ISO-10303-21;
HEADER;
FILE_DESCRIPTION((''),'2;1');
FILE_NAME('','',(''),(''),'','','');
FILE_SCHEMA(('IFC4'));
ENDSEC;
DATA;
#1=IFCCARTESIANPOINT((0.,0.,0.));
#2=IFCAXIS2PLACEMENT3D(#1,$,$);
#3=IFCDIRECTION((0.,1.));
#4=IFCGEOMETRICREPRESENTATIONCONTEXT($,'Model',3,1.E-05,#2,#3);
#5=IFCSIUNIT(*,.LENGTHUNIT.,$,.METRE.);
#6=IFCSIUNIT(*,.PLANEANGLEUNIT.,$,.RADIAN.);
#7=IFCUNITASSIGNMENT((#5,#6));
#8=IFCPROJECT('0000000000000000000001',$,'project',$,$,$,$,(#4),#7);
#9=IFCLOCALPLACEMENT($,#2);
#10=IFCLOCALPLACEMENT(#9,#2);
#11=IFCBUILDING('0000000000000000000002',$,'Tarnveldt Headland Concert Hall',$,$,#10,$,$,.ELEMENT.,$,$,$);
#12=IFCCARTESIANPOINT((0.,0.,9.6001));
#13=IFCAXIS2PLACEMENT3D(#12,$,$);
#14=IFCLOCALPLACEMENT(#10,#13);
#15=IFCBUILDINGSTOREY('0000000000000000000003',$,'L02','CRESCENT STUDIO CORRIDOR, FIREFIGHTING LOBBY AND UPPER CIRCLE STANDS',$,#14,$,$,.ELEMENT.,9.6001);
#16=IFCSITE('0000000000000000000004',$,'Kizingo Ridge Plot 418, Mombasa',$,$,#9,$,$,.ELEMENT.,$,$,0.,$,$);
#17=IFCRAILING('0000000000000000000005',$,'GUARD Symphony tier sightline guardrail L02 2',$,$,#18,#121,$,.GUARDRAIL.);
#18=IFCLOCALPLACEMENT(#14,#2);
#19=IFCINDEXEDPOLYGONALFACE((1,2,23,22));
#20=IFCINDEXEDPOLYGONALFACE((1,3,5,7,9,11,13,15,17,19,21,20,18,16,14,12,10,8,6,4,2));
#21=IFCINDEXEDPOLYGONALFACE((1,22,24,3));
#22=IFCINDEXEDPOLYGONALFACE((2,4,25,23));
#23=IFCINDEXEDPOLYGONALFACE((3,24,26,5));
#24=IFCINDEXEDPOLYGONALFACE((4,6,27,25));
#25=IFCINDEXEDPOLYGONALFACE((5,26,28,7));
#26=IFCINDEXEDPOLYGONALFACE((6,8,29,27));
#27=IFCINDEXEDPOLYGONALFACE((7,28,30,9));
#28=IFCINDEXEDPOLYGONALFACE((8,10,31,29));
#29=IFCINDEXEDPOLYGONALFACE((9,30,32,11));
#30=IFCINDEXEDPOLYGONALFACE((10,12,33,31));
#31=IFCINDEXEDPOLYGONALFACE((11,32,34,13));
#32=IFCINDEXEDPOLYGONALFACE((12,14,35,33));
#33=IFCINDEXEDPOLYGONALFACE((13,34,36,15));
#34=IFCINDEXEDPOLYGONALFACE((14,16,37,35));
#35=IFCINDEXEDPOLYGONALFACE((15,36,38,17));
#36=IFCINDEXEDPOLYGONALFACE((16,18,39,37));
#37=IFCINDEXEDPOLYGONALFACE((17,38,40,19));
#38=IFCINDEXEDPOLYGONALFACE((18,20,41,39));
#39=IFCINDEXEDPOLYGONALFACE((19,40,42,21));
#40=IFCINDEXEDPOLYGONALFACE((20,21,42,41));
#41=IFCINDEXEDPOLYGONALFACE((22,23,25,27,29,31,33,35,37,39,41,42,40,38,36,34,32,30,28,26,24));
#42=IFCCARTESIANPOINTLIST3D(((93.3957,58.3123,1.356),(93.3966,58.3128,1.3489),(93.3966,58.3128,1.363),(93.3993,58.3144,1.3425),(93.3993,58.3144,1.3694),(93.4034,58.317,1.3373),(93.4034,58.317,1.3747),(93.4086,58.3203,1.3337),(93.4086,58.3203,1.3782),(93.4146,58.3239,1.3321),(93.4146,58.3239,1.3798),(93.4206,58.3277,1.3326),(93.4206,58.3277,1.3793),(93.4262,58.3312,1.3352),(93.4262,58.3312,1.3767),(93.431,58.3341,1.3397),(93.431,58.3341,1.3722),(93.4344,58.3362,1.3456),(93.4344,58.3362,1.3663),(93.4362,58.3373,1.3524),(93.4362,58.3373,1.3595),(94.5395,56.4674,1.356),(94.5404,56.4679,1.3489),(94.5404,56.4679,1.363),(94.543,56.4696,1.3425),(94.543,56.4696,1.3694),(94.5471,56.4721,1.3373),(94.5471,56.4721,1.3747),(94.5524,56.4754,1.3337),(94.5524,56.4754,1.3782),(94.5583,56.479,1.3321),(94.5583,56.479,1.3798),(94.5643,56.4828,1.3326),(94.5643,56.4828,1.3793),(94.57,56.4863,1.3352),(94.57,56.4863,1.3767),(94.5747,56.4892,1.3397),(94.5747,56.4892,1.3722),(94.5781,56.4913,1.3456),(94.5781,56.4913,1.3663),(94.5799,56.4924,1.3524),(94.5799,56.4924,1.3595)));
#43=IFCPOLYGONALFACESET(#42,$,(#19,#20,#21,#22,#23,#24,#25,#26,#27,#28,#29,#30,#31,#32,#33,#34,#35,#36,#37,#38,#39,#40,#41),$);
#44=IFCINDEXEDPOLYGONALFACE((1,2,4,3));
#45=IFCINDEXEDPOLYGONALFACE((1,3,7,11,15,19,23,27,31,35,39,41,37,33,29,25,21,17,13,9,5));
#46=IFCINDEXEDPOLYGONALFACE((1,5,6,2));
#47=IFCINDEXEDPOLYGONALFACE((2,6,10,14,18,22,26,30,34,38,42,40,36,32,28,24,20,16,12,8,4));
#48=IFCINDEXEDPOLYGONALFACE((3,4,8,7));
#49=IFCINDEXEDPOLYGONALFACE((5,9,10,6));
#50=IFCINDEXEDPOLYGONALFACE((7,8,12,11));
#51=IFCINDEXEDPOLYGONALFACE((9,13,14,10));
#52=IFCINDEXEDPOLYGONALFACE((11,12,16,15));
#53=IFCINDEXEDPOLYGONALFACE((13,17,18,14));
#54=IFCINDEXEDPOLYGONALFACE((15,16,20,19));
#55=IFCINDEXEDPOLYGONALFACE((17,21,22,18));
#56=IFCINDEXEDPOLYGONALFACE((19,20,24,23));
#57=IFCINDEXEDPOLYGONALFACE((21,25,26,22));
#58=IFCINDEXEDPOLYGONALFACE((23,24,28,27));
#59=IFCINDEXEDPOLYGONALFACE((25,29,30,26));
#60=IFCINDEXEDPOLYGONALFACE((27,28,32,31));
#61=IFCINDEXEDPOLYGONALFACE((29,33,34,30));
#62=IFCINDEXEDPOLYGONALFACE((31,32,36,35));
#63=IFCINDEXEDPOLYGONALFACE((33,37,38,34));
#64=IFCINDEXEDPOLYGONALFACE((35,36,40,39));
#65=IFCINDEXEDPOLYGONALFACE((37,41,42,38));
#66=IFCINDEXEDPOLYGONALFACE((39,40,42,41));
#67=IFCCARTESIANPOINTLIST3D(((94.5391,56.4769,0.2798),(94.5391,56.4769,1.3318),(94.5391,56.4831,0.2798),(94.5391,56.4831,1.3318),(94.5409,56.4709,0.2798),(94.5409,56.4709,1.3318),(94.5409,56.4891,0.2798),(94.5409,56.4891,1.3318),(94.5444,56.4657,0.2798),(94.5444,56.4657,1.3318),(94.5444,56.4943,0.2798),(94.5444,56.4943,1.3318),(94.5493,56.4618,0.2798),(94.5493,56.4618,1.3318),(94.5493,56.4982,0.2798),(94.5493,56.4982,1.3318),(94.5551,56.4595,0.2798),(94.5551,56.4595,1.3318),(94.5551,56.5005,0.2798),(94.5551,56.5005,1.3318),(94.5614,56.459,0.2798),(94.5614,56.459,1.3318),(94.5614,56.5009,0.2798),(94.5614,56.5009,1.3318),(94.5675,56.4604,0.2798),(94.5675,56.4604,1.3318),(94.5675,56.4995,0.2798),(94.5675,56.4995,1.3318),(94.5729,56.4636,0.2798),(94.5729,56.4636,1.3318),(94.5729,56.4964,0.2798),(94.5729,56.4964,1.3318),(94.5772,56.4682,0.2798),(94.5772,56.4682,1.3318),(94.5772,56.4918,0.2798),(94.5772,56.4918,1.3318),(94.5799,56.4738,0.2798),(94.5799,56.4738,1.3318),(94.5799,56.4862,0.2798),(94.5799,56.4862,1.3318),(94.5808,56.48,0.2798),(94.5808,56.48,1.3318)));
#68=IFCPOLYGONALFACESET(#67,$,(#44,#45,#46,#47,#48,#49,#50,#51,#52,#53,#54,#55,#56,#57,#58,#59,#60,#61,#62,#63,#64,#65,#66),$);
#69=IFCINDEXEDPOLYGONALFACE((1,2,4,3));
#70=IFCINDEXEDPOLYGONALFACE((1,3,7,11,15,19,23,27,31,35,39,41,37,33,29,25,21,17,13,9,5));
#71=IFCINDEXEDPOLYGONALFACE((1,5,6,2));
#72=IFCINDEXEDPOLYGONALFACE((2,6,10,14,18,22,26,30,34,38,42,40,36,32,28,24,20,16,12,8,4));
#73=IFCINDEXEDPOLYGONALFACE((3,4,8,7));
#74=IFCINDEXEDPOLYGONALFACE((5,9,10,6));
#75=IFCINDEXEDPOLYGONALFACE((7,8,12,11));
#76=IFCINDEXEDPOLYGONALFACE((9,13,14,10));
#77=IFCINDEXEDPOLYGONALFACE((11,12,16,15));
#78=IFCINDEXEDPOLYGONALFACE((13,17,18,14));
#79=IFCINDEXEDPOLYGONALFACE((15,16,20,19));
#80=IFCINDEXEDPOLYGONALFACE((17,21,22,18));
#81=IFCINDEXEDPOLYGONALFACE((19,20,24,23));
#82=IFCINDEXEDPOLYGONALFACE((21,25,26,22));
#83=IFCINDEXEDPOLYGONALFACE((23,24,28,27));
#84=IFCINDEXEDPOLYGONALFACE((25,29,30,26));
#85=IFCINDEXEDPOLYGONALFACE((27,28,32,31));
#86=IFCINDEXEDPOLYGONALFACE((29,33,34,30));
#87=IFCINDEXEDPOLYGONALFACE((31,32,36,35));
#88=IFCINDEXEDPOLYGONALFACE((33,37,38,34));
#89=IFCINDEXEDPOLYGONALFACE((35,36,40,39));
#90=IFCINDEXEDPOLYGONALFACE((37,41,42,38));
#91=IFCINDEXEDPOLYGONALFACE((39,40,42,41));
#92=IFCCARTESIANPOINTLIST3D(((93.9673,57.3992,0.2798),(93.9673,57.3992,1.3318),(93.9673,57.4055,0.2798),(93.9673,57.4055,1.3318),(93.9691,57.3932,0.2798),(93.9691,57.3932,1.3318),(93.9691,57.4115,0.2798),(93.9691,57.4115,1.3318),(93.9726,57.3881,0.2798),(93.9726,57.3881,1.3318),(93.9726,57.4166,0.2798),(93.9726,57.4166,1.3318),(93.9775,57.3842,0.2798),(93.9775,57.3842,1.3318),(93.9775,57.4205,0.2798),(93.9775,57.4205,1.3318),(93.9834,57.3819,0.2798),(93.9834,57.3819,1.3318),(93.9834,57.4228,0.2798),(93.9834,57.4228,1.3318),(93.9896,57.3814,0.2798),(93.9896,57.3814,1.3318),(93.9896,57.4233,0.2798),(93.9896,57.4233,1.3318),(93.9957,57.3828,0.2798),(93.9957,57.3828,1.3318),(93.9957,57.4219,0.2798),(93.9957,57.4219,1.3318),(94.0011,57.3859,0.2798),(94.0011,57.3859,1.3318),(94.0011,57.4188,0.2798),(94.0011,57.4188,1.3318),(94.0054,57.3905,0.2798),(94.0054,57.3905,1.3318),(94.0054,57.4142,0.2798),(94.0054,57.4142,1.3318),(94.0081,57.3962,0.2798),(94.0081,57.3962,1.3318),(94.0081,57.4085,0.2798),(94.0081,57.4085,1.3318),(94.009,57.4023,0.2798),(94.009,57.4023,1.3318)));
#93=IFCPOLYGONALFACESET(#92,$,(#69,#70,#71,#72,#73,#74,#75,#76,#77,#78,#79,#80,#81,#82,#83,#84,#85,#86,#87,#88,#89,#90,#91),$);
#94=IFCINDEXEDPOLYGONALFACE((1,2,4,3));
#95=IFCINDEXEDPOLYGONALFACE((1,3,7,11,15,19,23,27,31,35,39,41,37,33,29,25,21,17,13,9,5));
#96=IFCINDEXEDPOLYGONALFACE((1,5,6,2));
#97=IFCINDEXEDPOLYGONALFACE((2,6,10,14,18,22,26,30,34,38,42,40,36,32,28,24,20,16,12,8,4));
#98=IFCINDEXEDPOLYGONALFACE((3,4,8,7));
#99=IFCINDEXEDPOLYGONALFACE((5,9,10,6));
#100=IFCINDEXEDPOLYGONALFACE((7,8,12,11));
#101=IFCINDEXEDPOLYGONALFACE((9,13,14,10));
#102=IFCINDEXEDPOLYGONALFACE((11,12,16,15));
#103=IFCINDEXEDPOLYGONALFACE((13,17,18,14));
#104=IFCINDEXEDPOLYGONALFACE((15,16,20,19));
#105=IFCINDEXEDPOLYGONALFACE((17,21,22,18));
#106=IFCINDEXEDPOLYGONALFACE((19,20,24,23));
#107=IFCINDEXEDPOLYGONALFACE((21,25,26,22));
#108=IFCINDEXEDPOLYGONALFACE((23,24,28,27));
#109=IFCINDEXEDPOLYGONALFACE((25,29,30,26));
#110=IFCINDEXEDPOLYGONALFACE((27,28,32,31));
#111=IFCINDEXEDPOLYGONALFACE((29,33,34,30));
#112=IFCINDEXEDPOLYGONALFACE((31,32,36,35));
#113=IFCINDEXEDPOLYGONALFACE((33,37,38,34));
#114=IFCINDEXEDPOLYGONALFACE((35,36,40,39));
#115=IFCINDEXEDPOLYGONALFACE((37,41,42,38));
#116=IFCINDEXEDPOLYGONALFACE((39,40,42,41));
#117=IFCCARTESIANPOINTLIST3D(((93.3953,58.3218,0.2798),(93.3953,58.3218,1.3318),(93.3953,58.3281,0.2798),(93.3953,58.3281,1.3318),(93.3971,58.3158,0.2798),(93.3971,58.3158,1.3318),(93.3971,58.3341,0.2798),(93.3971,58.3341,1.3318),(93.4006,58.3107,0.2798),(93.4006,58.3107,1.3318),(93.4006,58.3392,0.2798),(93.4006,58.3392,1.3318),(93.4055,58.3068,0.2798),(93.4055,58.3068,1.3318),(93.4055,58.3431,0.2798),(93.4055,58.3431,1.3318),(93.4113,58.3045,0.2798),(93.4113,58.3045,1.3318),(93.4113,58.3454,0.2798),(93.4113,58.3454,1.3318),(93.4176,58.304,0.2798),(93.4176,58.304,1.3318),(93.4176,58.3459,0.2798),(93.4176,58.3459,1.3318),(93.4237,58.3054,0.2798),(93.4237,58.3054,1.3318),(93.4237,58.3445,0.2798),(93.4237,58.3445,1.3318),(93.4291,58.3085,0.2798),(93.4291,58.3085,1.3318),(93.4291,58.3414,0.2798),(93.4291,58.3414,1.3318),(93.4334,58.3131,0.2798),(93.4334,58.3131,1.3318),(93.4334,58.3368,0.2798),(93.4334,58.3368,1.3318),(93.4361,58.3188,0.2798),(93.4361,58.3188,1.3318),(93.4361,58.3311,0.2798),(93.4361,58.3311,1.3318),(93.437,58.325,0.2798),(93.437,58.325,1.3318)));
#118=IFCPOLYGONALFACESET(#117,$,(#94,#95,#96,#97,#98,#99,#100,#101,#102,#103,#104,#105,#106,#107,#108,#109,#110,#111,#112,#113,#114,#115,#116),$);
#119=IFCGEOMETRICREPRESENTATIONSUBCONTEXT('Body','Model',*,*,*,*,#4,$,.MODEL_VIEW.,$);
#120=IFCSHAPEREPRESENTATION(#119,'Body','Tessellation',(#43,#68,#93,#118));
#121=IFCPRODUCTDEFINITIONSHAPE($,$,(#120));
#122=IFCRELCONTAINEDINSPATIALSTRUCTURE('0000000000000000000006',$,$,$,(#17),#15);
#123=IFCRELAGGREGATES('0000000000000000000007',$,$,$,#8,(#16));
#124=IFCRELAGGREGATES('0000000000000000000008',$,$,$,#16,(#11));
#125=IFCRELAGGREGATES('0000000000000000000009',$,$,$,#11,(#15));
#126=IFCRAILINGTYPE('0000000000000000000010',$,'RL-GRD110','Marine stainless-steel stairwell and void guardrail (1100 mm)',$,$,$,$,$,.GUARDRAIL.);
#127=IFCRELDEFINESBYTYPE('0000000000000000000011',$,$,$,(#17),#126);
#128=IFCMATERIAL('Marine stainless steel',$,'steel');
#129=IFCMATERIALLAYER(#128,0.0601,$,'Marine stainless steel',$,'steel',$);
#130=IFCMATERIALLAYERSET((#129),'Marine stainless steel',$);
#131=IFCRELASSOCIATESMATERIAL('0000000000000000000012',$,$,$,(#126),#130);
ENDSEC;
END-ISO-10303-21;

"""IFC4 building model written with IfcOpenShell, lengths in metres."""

from ifc_helpers import new_model, si_unit, direction, frame, origin, origin_2d, place, context, subcontext, project, spatial, circle, extrude, material, layer, layer_set, type_object, element, save


model = new_model("IFC4")

# Units and contexts
model_context = context("Model", 3, precision=1e-05, world=origin(), true_north=direction((0.0, 1.0)))
body_context = subcontext(model_context, "Body", "Model", "MODEL_VIEW")
ifc_project = project(units=[si_unit("LENGTHUNIT", "METRE"), si_unit("PLANEANGLEUNIT", "RADIAN")], contexts=[model_context])

# Site, building, storey
site_placement = place(None, origin())
site = spatial("IfcSite", under=ifc_project, at=site_placement, Name="Kizingo Ridge Plot 418, Mombasa", CompositionType="ELEMENT", RefElevation=0.0)
building_placement = place(site_placement, origin())
building = spatial("IfcBuilding", under=site, at=building_placement, Name="Tarnveldt Headland Concert Hall", CompositionType="ELEMENT")
storey_placement = place(building_placement, frame((0.0, 0.0, 9.6001)))
storey = spatial("IfcBuildingStorey", under=building, at=storey_placement, Name="L02", Description="CRESCENT STUDIO CORRIDOR, FIREFIGHTING LOBBY AND UPPER CIRCLE STANDS", CompositionType="ELEMENT", Elevation=9.6001)

# Railing
ifc_material_1 = material(Name="Marine stainless steel", Category="steel")
ifc_layer_1 = layer(ifc_material_1, 0.0601, Name="Marine stainless steel", Category="steel")
ifc_layer_set_1 = layer_set([ifc_layer_1], Name="Marine stainless steel")
railing_type = type_object("IfcRailingType", Name="RL-GRD110", Description="Marine stainless-steel stairwell and void guardrail (1100 mm)", PredefinedType="GUARDRAIL", material=ifc_layer_set_1)
railing_1_placement = place(storey_placement, frame((94.5598, 56.48, 0.2798)))
element("IfcRailing", 1, at=railing_1_placement, inside=storey, type_object=railing_type, Name="GUARD Symphony tier sightline guardrail L02 2", PredefinedType="GUARDRAIL", context=body_context, shape_type="SweptSolid", body=[
    extrude(circle(Radius=0.0239, at=origin_2d()), frame((0.0, 0.0, 1.0762), z_axis=(-0.526912, 0.84992, 0.0), x_axis=(-0.84992, -0.526912, 0.0)), (0.0, 0.0, 1.0), 2.1707),
    extrude(circle(Radius=0.021, at=origin_2d()), origin(), (0.0, 0.0, 1.0), 1.052),
    extrude(circle(Radius=0.021, at=origin_2d()), frame((-0.5718, 0.9224, 0.0)), (0.0, 0.0, 1.0), 1.052),
    extrude(circle(Radius=0.021, at=origin_2d()), frame((-1.1438, 1.845, 0.0)), (0.0, 0.0, 1.0), 1.052),
])

save(model, "model.ifc")
